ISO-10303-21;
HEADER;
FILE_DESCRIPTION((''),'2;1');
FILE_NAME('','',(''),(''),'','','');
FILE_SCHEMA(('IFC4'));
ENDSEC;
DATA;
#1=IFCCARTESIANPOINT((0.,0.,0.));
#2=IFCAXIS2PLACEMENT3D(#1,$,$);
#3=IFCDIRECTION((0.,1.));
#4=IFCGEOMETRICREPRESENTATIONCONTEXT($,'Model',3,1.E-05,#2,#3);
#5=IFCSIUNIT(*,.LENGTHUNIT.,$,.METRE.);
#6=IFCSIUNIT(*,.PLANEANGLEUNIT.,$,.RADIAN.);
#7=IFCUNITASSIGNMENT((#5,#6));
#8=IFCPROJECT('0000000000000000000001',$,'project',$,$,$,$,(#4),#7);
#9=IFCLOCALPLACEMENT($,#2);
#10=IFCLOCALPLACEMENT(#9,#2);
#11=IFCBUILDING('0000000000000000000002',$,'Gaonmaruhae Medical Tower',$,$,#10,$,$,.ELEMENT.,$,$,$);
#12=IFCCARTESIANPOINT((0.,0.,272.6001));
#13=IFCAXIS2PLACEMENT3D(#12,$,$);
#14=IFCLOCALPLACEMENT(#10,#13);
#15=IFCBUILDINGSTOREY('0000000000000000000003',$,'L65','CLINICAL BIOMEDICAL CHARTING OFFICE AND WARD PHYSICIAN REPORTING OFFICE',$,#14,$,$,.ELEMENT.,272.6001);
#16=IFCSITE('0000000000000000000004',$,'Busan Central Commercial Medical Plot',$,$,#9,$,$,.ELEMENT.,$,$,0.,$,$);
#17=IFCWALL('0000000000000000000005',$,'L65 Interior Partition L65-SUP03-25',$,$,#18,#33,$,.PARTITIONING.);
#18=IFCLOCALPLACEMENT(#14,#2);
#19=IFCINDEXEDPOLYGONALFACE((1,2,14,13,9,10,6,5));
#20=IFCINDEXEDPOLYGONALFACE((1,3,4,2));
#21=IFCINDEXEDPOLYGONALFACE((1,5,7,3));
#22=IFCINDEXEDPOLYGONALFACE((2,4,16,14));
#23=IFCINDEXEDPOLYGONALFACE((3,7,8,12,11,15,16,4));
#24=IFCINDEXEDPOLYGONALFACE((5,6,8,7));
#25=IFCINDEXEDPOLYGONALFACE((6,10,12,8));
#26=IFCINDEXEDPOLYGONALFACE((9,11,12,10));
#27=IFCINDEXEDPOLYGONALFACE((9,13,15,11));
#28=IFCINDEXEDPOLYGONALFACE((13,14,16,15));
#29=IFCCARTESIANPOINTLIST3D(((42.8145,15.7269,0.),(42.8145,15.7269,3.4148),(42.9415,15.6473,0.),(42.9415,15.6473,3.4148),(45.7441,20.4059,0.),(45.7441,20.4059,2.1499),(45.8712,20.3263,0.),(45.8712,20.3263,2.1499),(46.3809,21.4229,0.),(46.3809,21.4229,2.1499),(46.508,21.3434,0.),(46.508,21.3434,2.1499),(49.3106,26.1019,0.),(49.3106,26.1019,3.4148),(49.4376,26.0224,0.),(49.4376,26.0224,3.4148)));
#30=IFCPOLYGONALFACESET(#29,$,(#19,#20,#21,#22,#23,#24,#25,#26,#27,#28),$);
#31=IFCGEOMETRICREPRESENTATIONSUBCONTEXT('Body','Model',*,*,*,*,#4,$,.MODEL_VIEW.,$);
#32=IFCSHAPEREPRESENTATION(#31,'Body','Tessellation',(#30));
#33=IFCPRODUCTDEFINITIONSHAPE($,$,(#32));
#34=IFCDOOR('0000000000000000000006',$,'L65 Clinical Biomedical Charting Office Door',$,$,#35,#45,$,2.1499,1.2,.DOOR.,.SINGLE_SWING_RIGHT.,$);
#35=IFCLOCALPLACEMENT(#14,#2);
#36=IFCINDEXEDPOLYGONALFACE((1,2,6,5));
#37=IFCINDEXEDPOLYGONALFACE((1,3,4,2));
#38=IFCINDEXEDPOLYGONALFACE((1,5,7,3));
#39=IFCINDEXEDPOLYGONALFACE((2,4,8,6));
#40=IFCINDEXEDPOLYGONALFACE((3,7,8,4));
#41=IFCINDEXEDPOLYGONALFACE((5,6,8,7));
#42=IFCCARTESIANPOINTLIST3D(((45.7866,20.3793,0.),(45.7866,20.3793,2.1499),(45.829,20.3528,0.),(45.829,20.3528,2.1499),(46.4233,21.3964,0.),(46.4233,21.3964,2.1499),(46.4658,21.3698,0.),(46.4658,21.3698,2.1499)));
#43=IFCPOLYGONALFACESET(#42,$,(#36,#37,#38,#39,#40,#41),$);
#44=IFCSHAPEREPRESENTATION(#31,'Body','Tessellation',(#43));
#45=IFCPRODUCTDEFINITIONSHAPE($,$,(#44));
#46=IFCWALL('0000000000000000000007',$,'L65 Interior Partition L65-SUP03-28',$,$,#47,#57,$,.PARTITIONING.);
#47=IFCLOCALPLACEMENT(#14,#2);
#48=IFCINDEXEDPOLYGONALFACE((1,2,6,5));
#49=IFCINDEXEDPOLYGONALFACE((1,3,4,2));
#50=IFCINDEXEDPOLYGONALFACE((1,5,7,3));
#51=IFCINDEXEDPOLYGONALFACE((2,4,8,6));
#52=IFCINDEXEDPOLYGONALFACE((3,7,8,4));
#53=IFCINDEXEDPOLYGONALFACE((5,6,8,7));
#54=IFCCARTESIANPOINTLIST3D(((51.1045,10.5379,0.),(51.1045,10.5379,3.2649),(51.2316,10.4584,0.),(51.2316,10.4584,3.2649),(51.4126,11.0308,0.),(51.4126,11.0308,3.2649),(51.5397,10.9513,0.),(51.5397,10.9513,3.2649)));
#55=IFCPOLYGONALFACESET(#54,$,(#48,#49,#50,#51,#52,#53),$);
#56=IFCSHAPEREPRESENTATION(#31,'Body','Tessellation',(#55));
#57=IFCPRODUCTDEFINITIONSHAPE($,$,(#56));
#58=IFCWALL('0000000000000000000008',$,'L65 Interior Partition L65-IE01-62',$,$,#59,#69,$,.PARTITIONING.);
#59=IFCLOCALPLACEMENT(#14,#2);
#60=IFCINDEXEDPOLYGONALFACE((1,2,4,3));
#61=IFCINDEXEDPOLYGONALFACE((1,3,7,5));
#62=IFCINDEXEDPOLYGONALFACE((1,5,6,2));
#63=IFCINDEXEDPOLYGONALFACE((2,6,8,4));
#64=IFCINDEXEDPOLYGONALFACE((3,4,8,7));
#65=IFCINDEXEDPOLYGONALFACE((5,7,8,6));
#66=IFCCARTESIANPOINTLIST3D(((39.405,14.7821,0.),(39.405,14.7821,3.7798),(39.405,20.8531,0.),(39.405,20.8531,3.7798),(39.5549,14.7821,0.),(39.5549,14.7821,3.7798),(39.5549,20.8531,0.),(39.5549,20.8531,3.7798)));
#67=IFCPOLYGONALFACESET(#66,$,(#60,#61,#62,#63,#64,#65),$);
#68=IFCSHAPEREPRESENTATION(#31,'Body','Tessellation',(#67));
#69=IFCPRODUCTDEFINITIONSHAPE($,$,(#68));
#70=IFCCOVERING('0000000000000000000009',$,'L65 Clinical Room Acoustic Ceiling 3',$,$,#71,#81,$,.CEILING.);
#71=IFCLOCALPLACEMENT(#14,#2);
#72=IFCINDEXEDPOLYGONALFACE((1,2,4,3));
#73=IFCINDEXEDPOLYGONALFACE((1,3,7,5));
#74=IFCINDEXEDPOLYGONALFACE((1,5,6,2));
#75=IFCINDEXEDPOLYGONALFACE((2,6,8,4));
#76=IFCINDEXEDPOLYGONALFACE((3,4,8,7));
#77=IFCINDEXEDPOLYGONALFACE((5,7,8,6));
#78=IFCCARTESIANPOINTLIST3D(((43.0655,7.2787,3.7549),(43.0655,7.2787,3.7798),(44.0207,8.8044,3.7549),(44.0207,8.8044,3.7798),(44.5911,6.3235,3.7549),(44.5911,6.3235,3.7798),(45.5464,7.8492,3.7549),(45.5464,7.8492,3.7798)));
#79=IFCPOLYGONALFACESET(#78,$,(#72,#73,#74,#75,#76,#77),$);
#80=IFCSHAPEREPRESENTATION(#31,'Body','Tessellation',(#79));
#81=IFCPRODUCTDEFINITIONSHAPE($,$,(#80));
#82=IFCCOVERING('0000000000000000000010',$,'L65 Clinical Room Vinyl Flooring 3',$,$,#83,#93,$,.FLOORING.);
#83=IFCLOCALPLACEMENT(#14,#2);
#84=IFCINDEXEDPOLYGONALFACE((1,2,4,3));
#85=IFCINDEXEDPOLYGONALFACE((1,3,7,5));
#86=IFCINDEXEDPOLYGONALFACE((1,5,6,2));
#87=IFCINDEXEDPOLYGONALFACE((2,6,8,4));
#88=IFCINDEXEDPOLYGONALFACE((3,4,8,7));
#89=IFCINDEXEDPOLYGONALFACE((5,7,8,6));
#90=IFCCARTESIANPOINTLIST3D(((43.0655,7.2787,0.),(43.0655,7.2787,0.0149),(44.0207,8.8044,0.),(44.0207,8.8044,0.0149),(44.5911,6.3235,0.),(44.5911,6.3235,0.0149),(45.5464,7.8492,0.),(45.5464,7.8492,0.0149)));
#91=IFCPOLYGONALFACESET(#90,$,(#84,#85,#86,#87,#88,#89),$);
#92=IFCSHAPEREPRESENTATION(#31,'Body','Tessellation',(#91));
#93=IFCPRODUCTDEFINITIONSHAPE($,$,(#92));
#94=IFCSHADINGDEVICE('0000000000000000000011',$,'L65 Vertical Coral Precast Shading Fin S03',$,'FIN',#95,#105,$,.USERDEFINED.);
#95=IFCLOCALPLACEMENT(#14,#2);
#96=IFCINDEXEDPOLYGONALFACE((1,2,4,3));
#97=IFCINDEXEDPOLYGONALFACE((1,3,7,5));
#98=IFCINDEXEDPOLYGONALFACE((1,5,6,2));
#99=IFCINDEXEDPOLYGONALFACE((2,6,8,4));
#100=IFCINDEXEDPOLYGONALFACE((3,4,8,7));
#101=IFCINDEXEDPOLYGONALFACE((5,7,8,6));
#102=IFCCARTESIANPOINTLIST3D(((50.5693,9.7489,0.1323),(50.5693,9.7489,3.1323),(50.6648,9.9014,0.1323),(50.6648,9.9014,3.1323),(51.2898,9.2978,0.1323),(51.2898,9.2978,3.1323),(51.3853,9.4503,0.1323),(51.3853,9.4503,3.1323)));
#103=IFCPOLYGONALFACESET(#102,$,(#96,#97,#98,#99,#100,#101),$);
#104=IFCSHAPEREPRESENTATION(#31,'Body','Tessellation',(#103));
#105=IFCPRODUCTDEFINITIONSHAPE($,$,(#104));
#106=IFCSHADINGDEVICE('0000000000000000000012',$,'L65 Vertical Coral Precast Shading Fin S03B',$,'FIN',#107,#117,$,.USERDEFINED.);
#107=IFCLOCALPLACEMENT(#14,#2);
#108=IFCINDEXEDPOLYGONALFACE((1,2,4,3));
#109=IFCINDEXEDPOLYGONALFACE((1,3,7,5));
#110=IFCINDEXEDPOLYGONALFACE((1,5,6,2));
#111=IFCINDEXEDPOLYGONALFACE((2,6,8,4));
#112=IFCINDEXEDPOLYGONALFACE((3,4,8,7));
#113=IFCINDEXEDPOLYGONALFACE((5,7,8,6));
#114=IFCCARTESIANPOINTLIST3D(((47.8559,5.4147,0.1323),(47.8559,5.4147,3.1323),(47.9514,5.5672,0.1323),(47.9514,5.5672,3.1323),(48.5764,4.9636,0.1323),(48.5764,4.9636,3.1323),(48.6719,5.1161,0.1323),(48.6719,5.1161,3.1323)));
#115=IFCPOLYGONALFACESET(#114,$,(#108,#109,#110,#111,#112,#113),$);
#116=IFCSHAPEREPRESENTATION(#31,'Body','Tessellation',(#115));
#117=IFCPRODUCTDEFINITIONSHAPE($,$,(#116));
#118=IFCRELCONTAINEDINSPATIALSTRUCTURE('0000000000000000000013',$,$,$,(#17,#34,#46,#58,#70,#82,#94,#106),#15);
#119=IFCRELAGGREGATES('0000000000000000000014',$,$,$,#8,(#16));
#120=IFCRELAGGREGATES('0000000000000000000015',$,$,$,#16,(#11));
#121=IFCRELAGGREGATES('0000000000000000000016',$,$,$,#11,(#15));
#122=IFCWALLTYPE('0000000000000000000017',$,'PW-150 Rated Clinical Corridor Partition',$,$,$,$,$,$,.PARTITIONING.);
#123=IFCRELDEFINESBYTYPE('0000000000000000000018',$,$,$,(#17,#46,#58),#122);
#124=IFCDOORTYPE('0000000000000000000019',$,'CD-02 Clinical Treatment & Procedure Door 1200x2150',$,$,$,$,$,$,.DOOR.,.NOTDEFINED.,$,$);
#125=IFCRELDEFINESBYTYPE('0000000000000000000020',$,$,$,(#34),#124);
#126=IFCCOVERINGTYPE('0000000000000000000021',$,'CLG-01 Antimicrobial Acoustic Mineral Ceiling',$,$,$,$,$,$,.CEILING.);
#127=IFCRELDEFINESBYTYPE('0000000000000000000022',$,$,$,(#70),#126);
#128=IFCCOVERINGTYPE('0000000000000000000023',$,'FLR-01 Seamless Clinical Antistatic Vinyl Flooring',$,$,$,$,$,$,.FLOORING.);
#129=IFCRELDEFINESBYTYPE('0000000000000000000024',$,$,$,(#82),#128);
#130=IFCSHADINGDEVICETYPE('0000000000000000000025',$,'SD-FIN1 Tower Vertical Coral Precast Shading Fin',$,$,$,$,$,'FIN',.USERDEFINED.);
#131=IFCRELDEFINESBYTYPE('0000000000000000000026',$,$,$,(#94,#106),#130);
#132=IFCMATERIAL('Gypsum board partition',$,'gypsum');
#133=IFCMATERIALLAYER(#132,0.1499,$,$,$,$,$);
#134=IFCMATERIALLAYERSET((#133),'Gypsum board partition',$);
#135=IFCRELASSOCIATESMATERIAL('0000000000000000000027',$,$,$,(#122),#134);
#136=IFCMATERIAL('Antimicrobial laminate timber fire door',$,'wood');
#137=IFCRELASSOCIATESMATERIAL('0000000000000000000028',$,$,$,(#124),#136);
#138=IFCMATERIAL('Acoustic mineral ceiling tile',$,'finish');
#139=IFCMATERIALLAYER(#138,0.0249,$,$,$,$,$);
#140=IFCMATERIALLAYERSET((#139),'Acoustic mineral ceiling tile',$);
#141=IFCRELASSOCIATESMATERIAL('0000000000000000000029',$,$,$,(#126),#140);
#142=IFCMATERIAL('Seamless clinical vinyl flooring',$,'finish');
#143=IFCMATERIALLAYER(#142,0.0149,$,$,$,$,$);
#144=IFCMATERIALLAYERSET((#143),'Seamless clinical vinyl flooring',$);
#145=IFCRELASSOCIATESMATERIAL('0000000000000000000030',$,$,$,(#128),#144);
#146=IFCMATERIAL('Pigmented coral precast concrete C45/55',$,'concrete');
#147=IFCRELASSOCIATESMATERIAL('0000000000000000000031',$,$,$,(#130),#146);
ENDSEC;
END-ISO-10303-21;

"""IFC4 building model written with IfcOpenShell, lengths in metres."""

from ifc_helpers import new_model, si_unit, direction, frame, frame_2d, origin, origin_2d, place, context, subcontext, project, spatial, rectangle, extrude, material, layer, layer_set, type_object, element, fill, save


model = new_model("IFC4")

# Units and contexts
model_context = context("Model", 3, precision=1e-05, world=origin(), true_north=direction((0.0, 1.0)))
body_context = subcontext(model_context, "Body", "Model", "MODEL_VIEW")
ifc_project = project(units=[si_unit("LENGTHUNIT", "METRE"), si_unit("PLANEANGLEUNIT", "RADIAN")], contexts=[model_context])

# Site, building, storey
site_placement = place(None, origin())
site = spatial("IfcSite", under=ifc_project, at=site_placement, Name="Busan Central Commercial Medical Plot", CompositionType="ELEMENT", RefElevation=0.0)
building_placement = place(site_placement, origin())
building = spatial("IfcBuilding", under=site, at=building_placement, Name="Gaonmaruhae Medical Tower", CompositionType="ELEMENT")
storey_placement = place(building_placement, frame((0.0, 0.0, 272.6001)))
storey = spatial("IfcBuildingStorey", under=building, at=storey_placement, Name="L65", Description="CLINICAL BIOMEDICAL CHARTING OFFICE AND WARD PHYSICIAN REPORTING OFFICE", CompositionType="ELEMENT", Elevation=272.6001)

# Shared definitions
ifc_material_1 = material(Name="Gypsum board partition", Category="gypsum")
ifc_layer_1 = layer(ifc_material_1, 0.1499)
ifc_layer_set_1 = layer_set([ifc_layer_1], Name="Gypsum board partition")
wall_type_1 = type_object("IfcWallType", Name="PW-150 Rated Clinical Corridor Partition", PredefinedType="PARTITIONING", material=ifc_layer_set_1)

# Shared definitions
ifc_material_2 = material(Name="Antimicrobial laminate timber fire door", Category="wood")
door_type_1 = type_object("IfcDoorType", Name="CD-02 Clinical Treatment & Procedure Door 1200x2150", OperationType="NOTDEFINED", PredefinedType="DOOR", material=ifc_material_2)

# Wall, opening, door
wall_1_placement = place(storey_placement, frame((42.8779, 15.687, 0.0), z_axis=(0.0, 0.0, 1.0), x_axis=(0.530687, 0.847568, 0.0)))
wall_1 = element("IfcWall", 1, at=wall_1_placement, inside=storey, type_object=wall_type_1, Name="L65 Interior Partition L65-SUP03-25", PredefinedType="PARTITIONING", context=body_context, shape_type="SweptSolid", body=[
    extrude(rectangle(XDim=12.241, YDim=0.1499, at=frame_2d((6.1206, 0.0))), origin(), (0.0, 0.0, 1.0), 3.4148),
])
opening_1_placement = place(wall_1_placement, frame((5.5205, 0.0, 0.0)))
opening_1 = element("IfcOpeningElement", 2, at=opening_1_placement, cuts=wall_1, PredefinedType="OPENING", context=body_context, shape_type="SweptSolid", body=[
    extrude(rectangle(XDim=1.2, YDim=2.1499, at=frame_2d((0.6001, 1.075))), frame((0.0, 0.085, 0.0), z_axis=(0.0, -1.0, 0.0), x_axis=(1.0, 0.0, 0.0)), (0.0, 0.0, 1.0), 0.1699),
])
door_1_placement = place(opening_1_placement, origin())
door_1 = element("IfcDoor", 3, at=door_1_placement, inside=storey, type_object=door_type_1, Name="L65 Clinical Biomedical Charting Office Door", OperationType="SINGLE_SWING_RIGHT", OverallHeight=2.1499, OverallWidth=1.2, PredefinedType="DOOR", context=body_context, shape_type="SweptSolid", body=[
    extrude(rectangle(XDim=1.2, YDim=2.1499, at=frame_2d((0.6001, 1.075))), frame((0.0, 0.0249, 0.0), z_axis=(0.0, -1.0, 0.0), x_axis=(1.0, 0.0, 0.0)), (0.0, 0.0, 1.0), 0.05),
])
fill(opening_1, door_1)

# Walls
wall_2_placement = place(storey_placement, frame((51.4761, 10.991, 0.0), z_axis=(0.0, 0.0, 1.0), x_axis=(-0.530037, -0.847975, 0.0)))
element("IfcWall", 4, at=wall_2_placement, inside=storey, type_object=wall_type_1, Name="L65 Interior Partition L65-SUP03-28", PredefinedType="PARTITIONING", context=body_context, shape_type="SweptSolid", body=[
    extrude(rectangle(XDim=0.5813, YDim=0.1499, at=frame_2d((0.2905, 0.0))), origin(), (0.0, 0.0, 1.0), 3.2649),
])
wall_3_placement = place(storey_placement, frame((39.48, 14.782, 0.0), z_axis=(0.0, 0.0, 1.0), x_axis=(0.0, 1.0, 0.0)))
element("IfcWall", 5, at=wall_3_placement, inside=storey, type_object=wall_type_1, Name="L65 Interior Partition L65-IE01-62", PredefinedType="PARTITIONING", context=body_context, shape_type="SweptSolid", body=[
    extrude(rectangle(XDim=6.071, YDim=0.1499, at=frame_2d((3.0356, 0.0))), origin(), (0.0, 0.0, 1.0), 3.7798),
])

# Coverings
ifc_material_3 = material(Name="Acoustic mineral ceiling tile", Category="finish")
ifc_layer_2 = layer(ifc_material_3, 0.0249)
ifc_layer_set_2 = layer_set([ifc_layer_2], Name="Acoustic mineral ceiling tile")
covering_type_1 = type_object("IfcCoveringType", Name="CLG-01 Antimicrobial Acoustic Mineral Ceiling", PredefinedType="CEILING", material=ifc_layer_set_2)
covering_1_placement = place(storey_placement, frame((44.3059, 7.564, 3.7549), z_axis=(0.0, 0.0, 1.0), x_axis=(0.530659, 0.847585, 0.0)))
element("IfcCovering", 6, at=covering_1_placement, inside=storey, type_object=covering_type_1, Name="L65 Clinical Room Acoustic Ceiling 3", PredefinedType="CEILING", context=body_context, shape_type="SweptSolid", body=[
    extrude(rectangle(XDim=1.8, YDim=1.8, at=origin_2d()), origin(), (0.0, 0.0, 1.0), 0.0249),
])
ifc_material_4 = material(Name="Seamless clinical vinyl flooring", Category="finish")
ifc_layer_3 = layer(ifc_material_4, 0.0149)
ifc_layer_set_3 = layer_set([ifc_layer_3], Name="Seamless clinical vinyl flooring")
covering_type_2 = type_object("IfcCoveringType", Name="FLR-01 Seamless Clinical Antistatic Vinyl Flooring", PredefinedType="FLOORING", material=ifc_layer_set_3)
covering_2_placement = place(storey_placement, frame((44.3059, 7.564, 0.0), z_axis=(0.0, 0.0, 1.0), x_axis=(0.530659, 0.847585, 0.0)))
element("IfcCovering", 7, at=covering_2_placement, inside=storey, type_object=covering_type_2, Name="L65 Clinical Room Vinyl Flooring 3", PredefinedType="FLOORING", context=body_context, shape_type="SweptSolid", body=[
    extrude(rectangle(XDim=1.8, YDim=1.8, at=origin_2d()), origin(), (0.0, 0.0, 1.0), 0.0149),
])

# Shading devices
ifc_material_5 = material(Name="Pigmented coral precast concrete C45/55", Category="concrete")
shading_device_type = type_object("IfcShadingDeviceType", Name="SD-FIN1 Tower Vertical Coral Precast Shading Fin", ElementType="FIN", PredefinedType="USERDEFINED", material=ifc_material_5)
for number, where, z_axis, x_axis, name in (
    (8, (50.9773, 9.5996, 0.1323), (0.0, 0.0, 1.0), (-0.530674, -0.847576, 0.0), "L65 Vertical Coral Precast Shading Fin S03"),
    (9, (48.2639, 5.2654, 0.1323), (0.0, 0.0, 1.0), (-0.530674, -0.847576, 0.0), "L65 Vertical Coral Precast Shading Fin S03B"),
):
    element("IfcShadingDevice", number, at=place(storey_placement, frame(where, z_axis=z_axis, x_axis=x_axis)), inside=storey, type_object=shading_device_type, Name=name, ObjectType="FIN", PredefinedType="USERDEFINED", context=body_context, shape_type="SweptSolid", body=[
        extrude(rectangle(XDim=0.1799, YDim=0.8501, at=origin_2d()), origin(), (0.0, 0.0, 1.0), 3.0),
    ])

save(model, "model.ifc")
